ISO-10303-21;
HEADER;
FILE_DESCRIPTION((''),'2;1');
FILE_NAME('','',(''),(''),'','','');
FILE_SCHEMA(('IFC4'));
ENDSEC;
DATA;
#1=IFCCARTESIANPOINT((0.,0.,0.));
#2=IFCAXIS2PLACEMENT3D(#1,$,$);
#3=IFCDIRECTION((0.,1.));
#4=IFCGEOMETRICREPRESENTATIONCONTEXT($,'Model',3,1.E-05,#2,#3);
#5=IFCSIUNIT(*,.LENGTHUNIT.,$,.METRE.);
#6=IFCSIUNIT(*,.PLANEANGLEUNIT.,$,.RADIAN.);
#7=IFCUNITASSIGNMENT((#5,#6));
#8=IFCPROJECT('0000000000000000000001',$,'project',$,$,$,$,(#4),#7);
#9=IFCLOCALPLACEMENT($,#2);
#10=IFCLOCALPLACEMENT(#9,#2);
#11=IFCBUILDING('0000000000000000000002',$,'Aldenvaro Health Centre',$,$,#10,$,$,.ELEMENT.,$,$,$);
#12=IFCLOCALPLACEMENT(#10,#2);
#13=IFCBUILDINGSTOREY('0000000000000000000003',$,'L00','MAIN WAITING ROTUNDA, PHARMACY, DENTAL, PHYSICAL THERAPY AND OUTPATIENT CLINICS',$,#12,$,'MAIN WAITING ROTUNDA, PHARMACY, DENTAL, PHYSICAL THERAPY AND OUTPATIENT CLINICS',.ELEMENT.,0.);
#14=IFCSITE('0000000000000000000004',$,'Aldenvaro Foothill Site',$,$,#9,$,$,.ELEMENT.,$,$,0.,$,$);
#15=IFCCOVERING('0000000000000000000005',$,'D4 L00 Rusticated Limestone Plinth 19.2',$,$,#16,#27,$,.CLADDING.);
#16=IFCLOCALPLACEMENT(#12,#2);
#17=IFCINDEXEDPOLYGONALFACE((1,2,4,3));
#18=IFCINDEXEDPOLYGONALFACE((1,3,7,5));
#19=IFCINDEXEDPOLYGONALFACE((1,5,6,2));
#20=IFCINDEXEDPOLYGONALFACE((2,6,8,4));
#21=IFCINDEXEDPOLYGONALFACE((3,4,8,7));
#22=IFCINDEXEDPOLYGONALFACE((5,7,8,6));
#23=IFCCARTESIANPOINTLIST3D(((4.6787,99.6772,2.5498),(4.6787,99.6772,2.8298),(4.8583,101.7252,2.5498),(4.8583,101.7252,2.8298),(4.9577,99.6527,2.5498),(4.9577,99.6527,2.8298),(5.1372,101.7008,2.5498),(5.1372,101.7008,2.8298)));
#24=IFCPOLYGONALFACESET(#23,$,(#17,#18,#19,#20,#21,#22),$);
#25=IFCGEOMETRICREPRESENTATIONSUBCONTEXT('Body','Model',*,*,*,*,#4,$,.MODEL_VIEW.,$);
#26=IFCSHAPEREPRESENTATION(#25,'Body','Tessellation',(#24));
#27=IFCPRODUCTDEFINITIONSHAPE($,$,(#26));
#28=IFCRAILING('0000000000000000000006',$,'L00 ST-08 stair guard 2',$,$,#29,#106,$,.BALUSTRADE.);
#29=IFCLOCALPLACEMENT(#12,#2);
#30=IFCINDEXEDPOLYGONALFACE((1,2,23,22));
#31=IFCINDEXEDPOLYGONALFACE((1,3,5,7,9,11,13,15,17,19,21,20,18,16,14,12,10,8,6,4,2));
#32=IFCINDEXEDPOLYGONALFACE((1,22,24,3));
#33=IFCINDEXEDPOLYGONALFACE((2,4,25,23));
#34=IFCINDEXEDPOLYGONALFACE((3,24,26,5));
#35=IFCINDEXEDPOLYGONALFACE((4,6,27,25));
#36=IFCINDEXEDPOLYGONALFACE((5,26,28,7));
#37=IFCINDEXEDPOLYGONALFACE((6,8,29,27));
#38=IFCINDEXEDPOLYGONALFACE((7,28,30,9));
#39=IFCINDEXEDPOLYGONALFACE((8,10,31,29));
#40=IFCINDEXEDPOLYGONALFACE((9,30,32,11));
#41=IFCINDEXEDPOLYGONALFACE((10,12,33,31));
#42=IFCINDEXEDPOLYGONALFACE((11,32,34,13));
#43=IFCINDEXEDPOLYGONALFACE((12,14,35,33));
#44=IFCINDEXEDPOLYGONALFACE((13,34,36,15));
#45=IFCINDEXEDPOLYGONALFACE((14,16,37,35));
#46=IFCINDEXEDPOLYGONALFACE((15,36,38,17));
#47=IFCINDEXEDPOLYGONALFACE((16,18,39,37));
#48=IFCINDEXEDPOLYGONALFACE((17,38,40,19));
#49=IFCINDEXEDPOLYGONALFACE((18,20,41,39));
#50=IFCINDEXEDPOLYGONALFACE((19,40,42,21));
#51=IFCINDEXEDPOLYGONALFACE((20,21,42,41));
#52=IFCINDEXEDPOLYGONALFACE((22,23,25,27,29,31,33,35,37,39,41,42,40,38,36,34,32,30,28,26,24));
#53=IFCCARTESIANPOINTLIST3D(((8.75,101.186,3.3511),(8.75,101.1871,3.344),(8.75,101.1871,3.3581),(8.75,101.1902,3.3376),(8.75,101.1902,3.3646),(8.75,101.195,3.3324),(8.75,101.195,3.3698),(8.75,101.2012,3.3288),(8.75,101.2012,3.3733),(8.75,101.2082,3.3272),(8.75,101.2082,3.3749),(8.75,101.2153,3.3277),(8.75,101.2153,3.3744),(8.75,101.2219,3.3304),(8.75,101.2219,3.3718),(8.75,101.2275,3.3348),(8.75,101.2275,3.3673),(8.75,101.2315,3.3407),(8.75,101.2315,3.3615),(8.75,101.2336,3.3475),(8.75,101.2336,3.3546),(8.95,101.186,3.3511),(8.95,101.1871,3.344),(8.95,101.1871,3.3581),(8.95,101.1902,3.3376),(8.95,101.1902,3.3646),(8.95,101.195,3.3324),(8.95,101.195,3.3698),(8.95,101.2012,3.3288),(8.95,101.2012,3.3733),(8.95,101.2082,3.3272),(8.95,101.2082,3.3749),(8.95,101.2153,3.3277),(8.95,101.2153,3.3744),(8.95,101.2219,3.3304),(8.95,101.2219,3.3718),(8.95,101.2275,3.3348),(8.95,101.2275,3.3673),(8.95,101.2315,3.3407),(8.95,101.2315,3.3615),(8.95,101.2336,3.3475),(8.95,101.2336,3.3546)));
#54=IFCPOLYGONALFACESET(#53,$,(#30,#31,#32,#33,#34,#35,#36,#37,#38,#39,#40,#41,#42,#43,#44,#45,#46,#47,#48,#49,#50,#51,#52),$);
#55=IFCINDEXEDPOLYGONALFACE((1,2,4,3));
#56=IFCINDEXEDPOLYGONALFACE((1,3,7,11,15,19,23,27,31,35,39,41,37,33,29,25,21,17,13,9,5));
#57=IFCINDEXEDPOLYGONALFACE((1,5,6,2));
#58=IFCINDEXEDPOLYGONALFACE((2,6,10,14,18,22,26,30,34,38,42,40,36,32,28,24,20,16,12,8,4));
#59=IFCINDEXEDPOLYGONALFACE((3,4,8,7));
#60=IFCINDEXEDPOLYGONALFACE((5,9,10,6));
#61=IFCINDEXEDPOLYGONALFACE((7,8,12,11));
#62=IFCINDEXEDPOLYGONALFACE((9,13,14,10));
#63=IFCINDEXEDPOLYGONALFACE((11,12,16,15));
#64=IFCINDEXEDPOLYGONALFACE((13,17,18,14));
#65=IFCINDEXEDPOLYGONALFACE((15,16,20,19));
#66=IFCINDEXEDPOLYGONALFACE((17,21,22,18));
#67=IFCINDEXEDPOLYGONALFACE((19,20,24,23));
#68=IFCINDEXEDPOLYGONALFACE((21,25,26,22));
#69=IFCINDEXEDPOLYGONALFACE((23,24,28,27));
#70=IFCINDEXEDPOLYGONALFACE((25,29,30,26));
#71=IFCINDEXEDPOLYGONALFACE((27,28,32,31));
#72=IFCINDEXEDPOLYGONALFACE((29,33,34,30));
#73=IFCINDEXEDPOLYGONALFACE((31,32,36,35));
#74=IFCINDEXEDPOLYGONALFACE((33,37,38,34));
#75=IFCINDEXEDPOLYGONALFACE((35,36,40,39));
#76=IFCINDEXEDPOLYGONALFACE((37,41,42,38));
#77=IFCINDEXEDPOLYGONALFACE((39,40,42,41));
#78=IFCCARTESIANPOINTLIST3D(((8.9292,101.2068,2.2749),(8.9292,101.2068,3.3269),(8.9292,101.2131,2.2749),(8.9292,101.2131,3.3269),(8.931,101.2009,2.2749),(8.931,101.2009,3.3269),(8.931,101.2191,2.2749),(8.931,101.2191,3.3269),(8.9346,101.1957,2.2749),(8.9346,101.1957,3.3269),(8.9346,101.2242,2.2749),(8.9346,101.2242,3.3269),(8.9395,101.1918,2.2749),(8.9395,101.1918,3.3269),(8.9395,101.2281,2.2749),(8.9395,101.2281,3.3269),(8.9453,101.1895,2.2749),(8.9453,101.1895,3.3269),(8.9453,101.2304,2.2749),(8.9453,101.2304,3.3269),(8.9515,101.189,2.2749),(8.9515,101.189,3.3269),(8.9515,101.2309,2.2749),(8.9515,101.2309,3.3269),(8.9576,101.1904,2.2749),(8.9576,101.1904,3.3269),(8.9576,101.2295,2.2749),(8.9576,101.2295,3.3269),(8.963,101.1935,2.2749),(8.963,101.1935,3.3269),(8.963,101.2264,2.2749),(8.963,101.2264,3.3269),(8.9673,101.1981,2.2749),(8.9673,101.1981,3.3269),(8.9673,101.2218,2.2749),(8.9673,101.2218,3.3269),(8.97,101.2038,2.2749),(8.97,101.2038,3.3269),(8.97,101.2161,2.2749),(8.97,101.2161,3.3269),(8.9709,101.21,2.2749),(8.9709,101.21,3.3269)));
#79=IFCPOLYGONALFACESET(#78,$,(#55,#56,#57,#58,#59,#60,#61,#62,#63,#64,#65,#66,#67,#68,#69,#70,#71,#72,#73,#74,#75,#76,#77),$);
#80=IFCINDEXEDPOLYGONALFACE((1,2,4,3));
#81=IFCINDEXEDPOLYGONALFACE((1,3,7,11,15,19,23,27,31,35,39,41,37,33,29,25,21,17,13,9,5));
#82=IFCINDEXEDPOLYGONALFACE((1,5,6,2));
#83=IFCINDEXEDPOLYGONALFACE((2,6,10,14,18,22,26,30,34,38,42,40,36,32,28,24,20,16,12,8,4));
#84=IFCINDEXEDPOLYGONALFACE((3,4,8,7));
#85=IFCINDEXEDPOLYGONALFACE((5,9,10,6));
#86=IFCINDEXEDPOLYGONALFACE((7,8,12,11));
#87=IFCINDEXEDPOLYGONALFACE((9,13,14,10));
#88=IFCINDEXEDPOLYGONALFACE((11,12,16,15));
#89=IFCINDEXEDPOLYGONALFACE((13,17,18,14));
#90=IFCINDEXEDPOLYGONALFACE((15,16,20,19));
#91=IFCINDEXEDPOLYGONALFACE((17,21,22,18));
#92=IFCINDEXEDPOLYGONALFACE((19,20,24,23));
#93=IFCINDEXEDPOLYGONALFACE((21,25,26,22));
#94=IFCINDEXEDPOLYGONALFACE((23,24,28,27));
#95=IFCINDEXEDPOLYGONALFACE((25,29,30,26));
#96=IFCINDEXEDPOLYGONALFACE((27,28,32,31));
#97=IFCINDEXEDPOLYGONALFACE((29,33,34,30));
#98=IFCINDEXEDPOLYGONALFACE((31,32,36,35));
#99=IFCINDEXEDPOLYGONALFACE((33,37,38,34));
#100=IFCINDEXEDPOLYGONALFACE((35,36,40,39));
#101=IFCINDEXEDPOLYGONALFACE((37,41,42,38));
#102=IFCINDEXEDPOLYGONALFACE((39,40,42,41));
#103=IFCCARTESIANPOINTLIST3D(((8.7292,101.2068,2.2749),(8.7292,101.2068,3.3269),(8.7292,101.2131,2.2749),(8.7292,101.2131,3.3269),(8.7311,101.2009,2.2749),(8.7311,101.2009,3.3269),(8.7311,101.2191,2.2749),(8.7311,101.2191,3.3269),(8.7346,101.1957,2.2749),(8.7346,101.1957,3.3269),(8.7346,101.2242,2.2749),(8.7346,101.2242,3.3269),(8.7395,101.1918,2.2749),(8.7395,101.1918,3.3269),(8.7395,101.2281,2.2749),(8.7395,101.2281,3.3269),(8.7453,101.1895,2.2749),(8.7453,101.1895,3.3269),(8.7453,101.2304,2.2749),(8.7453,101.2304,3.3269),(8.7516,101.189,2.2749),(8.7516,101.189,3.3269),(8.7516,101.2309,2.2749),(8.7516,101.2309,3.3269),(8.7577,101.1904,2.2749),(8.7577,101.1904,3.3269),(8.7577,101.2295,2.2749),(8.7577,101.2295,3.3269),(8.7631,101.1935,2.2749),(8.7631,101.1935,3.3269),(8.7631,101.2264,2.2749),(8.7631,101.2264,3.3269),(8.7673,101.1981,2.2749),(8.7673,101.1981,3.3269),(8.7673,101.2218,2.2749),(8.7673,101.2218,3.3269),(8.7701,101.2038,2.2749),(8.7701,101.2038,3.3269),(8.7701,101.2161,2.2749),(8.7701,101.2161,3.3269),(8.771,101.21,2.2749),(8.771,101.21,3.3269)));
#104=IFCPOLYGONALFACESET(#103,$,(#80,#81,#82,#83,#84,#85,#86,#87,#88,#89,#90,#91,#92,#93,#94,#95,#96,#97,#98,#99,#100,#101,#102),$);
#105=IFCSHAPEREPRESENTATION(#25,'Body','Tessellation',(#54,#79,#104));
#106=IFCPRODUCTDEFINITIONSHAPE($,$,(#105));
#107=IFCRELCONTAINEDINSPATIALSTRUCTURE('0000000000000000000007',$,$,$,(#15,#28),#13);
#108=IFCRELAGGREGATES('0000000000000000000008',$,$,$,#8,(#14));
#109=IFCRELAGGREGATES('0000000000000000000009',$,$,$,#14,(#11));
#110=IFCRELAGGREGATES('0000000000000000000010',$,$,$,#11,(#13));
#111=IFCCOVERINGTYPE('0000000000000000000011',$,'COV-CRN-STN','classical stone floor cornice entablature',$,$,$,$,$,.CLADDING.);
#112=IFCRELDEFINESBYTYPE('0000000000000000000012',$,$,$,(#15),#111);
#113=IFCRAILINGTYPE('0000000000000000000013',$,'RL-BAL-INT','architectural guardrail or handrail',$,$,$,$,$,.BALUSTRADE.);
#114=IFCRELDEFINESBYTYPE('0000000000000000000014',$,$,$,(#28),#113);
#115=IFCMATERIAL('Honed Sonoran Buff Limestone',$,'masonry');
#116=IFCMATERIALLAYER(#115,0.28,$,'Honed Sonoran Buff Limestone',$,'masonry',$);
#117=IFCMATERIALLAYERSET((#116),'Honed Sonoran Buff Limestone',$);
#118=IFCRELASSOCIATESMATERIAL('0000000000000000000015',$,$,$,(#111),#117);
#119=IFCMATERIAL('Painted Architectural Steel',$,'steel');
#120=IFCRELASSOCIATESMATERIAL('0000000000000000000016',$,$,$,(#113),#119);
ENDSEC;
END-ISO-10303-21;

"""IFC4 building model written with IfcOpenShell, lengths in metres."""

from ifc_helpers import new_model, si_unit, direction, frame, origin, origin_2d, place, context, subcontext, project, spatial, rectangle, circle, extrude, material, layer, layer_set, type_object, element, save


model = new_model("IFC4")

# Units and contexts
model_context = context("Model", 3, precision=1e-05, world=origin(), true_north=direction((0.0, 1.0)))
body_context = subcontext(model_context, "Body", "Model", "MODEL_VIEW")
ifc_project = project(units=[si_unit("LENGTHUNIT", "METRE"), si_unit("PLANEANGLEUNIT", "RADIAN")], contexts=[model_context])

# Site, building, storey
site_placement = place(None, origin())
site = spatial("IfcSite", under=ifc_project, at=site_placement, Name="Aldenvaro Foothill Site", CompositionType="ELEMENT", RefElevation=0.0)
building_placement = place(site_placement, origin())
building = spatial("IfcBuilding", under=site, at=building_placement, Name="Aldenvaro Health Centre", CompositionType="ELEMENT")
storey_placement = place(building_placement, origin())
storey = spatial("IfcBuildingStorey", under=building, at=storey_placement, Name="L00", Description="MAIN WAITING ROTUNDA, PHARMACY, DENTAL, PHYSICAL THERAPY AND OUTPATIENT CLINICS", LongName="MAIN WAITING ROTUNDA, PHARMACY, DENTAL, PHYSICAL THERAPY AND OUTPATIENT CLINICS", CompositionType="ELEMENT", Elevation=0.0)

# Covering
ifc_material_1 = material(Name="Honed Sonoran Buff Limestone", Category="masonry")
ifc_layer_1 = layer(ifc_material_1, 0.28, Name="Honed Sonoran Buff Limestone", Category="masonry")
ifc_layer_set_1 = layer_set([ifc_layer_1], Name="Honed Sonoran Buff Limestone")
covering_type = type_object("IfcCoveringType", Name="COV-CRN-STN", Description="classical stone floor cornice entablature", PredefinedType="CLADDING", material=ifc_layer_set_1)
covering_1_placement = place(storey_placement, frame((4.908, 100.689, 2.5498), z_axis=(0.0, 0.0, 1.0), x_axis=(0.087332, 0.996179, 0.0)))
element("IfcCovering", 1, at=covering_1_placement, inside=storey, type_object=covering_type, Name="D4 L00 Rusticated Limestone Plinth 19.2", PredefinedType="CLADDING", context=body_context, shape_type="SweptSolid", body=[
    extrude(rectangle(XDim=2.0559, YDim=0.28, at=origin_2d()), origin(), (0.0, 0.0, 1.0), 0.28),
])

# Railing
ifc_material_2 = material(Name="Painted Architectural Steel", Category="steel")
railing_type_1 = type_object("IfcRailingType", Name="RL-BAL-INT", Description="architectural guardrail or handrail", PredefinedType="BALUSTRADE", material=ifc_material_2)
railing_1_placement = place(storey_placement, frame((8.95, 101.21, 2.2749)))
element("IfcRailing", 2, at=railing_1_placement, inside=storey, type_object=railing_type_1, Name="L00 ST-08 stair guard 2", PredefinedType="BALUSTRADE", context=body_context, shape_type="SweptSolid", body=[
    extrude(circle(Radius=0.0239, at=origin_2d()), frame((0.0, 0.0, 1.0762), z_axis=(-1.0, 0.0, 0.0), x_axis=(0.0, -1.0, 0.0)), (0.0, 0.0, 1.0), 0.2),
    extrude(circle(Radius=0.021, at=origin_2d()), origin(), (0.0, 0.0, 1.0), 1.052),
    extrude(circle(Radius=0.021, at=origin_2d()), frame((-0.2, 0.0, 0.0)), (0.0, 0.0, 1.0), 1.052),
])

save(model, "model.ifc")
